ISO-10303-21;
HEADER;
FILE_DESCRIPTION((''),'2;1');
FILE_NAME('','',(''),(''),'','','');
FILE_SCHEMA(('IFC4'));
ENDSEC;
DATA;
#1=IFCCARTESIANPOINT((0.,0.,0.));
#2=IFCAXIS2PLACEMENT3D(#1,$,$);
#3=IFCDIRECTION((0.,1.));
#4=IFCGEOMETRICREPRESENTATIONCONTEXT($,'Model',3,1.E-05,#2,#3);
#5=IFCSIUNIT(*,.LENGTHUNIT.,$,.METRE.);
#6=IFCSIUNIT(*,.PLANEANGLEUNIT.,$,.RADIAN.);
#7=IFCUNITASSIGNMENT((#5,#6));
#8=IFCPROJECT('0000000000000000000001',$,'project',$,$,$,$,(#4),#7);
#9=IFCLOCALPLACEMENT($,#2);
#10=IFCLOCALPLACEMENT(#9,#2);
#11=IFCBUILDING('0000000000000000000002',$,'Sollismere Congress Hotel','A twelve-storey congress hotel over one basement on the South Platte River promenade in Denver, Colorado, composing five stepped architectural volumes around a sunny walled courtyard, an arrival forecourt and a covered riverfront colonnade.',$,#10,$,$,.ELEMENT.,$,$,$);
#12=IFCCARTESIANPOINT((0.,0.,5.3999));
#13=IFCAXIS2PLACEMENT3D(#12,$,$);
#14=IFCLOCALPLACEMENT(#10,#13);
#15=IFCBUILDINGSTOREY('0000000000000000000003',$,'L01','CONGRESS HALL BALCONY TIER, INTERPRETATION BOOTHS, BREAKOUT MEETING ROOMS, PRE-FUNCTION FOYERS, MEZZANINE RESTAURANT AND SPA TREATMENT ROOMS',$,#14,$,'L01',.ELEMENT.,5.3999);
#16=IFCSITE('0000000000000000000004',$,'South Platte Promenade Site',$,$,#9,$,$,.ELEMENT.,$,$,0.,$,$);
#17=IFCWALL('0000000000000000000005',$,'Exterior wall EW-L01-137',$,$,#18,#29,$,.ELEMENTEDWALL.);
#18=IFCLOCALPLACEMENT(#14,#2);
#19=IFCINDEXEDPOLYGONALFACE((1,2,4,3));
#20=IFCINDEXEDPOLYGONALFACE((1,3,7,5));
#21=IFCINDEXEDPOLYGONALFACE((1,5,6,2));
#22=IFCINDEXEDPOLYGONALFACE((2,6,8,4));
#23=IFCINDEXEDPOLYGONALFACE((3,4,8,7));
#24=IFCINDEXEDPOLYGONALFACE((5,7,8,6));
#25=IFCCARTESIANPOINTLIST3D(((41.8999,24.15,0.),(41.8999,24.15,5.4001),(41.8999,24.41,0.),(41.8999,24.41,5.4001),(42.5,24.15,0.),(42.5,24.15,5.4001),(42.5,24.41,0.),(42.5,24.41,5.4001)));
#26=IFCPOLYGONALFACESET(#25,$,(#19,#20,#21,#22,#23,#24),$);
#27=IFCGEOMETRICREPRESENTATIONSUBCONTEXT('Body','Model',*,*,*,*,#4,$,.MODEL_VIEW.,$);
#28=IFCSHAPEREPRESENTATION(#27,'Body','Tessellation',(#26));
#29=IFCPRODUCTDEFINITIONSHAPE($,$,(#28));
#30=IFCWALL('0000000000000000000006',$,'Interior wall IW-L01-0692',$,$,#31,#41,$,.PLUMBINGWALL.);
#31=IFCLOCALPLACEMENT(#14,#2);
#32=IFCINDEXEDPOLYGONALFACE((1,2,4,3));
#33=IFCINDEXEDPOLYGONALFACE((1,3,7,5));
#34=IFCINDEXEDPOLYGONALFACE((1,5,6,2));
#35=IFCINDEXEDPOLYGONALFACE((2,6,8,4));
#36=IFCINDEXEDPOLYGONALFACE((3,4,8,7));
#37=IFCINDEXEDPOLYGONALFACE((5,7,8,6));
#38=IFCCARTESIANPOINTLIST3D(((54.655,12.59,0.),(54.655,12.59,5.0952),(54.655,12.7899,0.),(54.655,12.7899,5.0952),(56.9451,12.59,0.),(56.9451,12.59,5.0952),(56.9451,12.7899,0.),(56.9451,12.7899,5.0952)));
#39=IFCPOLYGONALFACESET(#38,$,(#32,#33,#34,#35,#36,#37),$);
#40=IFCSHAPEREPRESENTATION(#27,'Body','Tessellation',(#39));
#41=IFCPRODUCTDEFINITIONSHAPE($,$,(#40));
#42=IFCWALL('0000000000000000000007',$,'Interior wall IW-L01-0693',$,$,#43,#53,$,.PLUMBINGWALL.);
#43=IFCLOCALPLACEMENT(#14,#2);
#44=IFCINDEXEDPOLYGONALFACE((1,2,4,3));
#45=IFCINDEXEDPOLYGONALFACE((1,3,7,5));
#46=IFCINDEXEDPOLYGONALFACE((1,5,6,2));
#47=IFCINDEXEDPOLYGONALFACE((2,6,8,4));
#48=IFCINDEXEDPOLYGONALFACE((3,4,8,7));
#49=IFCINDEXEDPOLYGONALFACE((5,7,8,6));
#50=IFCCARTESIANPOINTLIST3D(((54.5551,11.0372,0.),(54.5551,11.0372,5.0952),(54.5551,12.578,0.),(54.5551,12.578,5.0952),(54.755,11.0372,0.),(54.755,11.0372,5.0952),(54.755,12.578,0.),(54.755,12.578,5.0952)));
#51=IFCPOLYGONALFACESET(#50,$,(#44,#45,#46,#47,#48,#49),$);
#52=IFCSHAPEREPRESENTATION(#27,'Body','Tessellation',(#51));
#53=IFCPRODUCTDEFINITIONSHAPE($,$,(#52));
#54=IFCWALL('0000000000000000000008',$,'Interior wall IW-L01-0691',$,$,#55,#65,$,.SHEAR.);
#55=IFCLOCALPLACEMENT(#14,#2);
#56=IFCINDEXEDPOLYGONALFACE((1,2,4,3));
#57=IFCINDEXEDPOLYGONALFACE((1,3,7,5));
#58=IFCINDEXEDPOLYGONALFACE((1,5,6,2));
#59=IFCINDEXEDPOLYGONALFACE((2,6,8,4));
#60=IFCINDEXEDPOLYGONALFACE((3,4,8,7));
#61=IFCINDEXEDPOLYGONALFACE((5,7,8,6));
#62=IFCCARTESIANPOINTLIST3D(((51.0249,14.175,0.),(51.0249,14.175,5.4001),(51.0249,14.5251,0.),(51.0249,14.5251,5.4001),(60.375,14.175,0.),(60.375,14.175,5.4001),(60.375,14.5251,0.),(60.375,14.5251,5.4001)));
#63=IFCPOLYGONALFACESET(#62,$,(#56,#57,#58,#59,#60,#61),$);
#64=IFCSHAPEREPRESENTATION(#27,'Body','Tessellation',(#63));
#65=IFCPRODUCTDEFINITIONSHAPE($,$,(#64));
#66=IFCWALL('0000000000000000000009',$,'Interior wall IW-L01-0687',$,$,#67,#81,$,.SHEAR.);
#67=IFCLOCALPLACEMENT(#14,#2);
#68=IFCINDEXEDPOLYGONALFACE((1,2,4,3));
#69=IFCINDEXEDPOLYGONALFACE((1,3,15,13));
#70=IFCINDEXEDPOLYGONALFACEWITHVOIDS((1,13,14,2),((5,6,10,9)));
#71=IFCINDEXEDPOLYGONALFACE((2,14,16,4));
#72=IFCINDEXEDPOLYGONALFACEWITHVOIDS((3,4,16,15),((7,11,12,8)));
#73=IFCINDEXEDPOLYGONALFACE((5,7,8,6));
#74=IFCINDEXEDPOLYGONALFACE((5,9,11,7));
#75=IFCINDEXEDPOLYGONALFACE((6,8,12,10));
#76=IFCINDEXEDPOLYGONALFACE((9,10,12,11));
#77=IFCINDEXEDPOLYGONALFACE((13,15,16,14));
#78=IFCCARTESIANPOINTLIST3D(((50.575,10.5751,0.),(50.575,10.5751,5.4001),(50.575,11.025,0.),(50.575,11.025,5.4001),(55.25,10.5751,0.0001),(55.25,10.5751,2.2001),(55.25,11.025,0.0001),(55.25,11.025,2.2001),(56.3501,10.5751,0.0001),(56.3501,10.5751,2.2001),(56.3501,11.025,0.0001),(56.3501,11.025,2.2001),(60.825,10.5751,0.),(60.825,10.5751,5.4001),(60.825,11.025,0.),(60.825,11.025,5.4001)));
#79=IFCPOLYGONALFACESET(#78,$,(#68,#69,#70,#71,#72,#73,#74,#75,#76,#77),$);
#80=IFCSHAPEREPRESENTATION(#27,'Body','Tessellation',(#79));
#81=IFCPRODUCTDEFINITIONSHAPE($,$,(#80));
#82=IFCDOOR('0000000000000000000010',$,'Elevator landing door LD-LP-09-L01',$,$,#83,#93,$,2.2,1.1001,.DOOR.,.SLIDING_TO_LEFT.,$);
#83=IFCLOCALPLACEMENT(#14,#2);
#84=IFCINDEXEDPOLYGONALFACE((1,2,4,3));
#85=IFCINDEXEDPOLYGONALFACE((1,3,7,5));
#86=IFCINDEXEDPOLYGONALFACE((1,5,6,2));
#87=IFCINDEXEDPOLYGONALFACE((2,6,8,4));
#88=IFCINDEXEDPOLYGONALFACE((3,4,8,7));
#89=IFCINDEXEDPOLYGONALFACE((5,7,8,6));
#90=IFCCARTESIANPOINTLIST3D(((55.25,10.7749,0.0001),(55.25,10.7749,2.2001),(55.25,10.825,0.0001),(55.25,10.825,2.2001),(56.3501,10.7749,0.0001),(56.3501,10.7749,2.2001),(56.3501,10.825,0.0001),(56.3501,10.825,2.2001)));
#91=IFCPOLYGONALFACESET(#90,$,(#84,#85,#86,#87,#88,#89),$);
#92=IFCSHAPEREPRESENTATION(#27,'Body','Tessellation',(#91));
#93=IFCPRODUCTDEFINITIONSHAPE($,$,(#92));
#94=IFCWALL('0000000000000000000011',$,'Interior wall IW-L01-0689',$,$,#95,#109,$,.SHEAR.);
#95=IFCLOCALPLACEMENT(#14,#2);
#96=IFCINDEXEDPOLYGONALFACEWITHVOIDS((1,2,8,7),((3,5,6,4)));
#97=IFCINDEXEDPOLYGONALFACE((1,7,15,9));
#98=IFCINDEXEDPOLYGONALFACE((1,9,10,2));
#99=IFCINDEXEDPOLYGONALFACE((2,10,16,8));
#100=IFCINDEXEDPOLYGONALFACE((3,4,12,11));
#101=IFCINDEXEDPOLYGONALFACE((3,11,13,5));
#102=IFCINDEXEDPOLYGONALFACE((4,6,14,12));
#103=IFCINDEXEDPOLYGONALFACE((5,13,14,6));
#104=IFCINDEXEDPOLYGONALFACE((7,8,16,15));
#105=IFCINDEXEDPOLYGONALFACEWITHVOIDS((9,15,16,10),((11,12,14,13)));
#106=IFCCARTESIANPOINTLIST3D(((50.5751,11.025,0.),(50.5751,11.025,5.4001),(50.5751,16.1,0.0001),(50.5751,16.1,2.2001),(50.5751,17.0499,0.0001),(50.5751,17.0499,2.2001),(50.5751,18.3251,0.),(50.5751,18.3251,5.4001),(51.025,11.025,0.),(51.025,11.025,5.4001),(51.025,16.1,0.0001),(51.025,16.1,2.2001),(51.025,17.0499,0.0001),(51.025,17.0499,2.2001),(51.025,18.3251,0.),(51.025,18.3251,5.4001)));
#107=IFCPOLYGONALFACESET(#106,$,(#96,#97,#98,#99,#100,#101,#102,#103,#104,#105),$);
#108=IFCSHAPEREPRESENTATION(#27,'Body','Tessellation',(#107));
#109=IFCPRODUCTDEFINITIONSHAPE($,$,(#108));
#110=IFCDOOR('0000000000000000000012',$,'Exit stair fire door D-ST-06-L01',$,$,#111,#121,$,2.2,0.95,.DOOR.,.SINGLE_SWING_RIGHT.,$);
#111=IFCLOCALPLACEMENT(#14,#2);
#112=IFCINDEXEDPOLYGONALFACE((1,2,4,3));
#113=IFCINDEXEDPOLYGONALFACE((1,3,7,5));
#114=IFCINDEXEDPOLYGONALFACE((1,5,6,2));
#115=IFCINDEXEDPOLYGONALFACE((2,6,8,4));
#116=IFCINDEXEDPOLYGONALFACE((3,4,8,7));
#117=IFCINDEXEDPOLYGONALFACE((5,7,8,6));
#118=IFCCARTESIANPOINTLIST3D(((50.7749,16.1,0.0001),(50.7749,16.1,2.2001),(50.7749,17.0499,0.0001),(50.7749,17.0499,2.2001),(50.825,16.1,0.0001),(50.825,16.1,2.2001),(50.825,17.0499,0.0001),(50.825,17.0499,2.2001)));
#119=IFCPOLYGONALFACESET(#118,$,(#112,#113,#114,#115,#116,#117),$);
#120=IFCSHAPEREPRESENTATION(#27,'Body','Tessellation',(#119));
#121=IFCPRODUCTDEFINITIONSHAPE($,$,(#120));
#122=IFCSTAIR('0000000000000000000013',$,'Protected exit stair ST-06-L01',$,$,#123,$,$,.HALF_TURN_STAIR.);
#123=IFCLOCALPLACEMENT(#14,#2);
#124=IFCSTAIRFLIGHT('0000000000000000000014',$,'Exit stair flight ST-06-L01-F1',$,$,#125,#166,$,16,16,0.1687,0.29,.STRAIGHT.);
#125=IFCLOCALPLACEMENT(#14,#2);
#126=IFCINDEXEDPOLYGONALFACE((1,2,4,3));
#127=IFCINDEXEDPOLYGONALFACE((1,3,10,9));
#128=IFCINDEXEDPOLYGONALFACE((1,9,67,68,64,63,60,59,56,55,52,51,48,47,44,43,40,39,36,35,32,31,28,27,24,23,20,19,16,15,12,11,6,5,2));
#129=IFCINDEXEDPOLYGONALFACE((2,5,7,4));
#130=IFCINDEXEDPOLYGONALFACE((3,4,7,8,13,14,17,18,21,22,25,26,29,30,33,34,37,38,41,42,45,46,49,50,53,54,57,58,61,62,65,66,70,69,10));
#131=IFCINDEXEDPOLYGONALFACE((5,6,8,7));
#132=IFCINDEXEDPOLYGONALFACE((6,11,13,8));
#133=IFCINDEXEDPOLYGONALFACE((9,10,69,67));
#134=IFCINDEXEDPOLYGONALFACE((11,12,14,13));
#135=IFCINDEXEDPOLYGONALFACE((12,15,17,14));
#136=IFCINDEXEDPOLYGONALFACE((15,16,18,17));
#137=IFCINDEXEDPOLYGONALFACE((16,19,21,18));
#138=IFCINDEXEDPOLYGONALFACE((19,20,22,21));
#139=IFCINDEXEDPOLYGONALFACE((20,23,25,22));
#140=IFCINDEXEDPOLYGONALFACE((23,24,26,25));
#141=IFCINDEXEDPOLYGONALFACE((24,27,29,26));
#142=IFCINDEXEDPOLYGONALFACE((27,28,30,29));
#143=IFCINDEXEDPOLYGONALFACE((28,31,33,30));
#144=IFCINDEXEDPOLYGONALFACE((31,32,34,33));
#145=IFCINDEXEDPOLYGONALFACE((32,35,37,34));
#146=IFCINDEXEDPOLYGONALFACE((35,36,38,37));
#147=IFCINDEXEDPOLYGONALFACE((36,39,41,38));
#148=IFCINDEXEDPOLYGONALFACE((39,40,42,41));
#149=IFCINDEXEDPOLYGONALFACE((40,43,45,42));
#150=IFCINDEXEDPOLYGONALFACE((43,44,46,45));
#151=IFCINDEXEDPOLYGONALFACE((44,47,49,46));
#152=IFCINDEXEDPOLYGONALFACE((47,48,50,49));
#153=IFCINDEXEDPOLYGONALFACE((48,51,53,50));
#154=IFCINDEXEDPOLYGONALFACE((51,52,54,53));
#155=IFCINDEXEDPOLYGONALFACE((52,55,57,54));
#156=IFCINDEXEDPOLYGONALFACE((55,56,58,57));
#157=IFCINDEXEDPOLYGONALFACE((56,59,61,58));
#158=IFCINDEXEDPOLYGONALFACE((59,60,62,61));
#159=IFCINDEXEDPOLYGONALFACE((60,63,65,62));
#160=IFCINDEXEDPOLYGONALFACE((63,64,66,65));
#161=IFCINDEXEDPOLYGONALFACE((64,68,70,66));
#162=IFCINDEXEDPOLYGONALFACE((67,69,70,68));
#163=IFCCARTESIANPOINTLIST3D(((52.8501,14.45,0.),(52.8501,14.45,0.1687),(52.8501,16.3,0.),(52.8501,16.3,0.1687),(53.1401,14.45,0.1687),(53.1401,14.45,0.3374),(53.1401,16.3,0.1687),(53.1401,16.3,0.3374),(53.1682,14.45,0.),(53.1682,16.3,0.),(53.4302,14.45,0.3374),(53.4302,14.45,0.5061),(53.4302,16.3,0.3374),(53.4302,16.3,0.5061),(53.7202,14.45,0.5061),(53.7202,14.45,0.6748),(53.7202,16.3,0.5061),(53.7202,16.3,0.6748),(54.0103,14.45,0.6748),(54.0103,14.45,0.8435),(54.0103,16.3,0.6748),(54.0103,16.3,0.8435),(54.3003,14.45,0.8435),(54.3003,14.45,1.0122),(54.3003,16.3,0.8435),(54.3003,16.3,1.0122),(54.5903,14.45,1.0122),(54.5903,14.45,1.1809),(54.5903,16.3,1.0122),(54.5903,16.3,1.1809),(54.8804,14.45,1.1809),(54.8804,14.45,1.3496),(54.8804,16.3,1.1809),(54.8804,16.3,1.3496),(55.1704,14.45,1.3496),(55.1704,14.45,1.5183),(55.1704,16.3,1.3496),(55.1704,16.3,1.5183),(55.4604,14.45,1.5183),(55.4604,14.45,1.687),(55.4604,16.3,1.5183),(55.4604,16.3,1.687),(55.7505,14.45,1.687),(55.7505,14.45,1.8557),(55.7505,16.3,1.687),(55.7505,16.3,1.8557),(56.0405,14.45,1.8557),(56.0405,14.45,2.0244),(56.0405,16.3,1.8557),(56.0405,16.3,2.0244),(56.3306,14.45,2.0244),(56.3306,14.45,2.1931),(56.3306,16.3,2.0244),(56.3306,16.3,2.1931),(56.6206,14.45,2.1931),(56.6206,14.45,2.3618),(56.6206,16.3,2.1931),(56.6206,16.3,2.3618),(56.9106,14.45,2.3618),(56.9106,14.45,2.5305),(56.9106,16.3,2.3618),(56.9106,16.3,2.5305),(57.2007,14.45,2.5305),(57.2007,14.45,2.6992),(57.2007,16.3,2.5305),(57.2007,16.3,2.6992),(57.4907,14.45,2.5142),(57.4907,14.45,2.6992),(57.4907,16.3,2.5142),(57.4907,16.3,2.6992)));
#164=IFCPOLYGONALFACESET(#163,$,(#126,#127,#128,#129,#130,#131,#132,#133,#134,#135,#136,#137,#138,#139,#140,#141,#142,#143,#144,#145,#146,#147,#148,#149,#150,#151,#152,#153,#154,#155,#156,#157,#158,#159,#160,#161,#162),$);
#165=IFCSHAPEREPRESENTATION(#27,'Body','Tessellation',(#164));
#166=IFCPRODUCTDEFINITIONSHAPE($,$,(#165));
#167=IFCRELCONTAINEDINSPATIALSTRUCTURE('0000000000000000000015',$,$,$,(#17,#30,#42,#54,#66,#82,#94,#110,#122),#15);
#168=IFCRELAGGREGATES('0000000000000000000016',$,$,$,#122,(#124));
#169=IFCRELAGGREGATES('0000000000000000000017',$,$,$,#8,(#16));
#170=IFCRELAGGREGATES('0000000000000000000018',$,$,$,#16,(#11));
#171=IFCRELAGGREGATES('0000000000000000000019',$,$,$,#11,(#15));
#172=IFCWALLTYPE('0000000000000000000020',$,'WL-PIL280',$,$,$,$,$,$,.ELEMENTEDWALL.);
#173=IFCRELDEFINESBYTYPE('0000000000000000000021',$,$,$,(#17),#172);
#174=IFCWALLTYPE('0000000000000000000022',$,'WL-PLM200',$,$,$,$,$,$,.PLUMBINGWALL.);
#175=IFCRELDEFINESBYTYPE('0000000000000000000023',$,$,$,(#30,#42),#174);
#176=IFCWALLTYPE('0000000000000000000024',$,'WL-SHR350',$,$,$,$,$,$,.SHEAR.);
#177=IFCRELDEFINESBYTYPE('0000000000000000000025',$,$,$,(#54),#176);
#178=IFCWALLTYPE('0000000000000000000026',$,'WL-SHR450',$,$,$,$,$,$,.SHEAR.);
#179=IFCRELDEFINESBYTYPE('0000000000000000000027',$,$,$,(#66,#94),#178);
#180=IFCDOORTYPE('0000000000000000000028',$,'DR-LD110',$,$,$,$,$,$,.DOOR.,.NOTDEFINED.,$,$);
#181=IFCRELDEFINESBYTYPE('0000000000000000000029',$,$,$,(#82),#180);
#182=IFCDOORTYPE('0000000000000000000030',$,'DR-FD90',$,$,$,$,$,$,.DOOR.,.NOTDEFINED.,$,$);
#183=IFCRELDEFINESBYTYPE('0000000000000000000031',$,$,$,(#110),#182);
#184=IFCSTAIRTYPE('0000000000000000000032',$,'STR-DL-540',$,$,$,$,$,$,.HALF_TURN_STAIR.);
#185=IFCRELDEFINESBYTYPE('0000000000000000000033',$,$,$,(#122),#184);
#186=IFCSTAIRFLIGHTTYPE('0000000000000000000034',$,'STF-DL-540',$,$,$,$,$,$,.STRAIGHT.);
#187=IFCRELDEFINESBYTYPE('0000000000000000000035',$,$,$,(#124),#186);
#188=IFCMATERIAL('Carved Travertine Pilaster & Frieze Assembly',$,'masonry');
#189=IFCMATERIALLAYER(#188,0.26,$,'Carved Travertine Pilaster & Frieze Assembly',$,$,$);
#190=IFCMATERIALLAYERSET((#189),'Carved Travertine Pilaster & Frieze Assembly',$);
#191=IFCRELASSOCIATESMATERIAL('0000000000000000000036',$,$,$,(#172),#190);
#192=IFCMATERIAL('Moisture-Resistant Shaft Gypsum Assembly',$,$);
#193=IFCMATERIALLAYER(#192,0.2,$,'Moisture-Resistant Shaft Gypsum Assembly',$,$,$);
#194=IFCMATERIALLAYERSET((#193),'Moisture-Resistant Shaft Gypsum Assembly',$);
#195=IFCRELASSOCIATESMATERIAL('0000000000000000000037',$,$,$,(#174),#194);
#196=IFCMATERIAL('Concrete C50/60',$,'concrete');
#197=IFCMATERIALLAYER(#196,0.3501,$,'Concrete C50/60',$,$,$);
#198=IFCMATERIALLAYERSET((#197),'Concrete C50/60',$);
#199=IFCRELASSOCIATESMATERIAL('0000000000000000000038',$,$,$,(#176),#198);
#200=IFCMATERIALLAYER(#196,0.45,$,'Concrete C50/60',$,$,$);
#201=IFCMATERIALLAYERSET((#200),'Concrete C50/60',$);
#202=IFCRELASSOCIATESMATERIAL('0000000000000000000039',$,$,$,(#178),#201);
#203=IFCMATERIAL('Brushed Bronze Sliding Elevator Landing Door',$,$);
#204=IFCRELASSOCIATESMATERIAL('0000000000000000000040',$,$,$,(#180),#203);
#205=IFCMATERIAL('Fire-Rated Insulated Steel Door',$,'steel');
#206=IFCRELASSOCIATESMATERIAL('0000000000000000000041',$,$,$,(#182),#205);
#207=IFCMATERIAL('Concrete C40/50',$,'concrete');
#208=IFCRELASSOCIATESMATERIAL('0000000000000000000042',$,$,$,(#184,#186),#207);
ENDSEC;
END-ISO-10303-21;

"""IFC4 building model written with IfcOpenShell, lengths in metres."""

from ifc_helpers import new_model, si_unit, direction, frame, frame_2d, origin, place, context, subcontext, project, spatial, polyline, rectangle, outline, extrude, material, layer, layer_set, type_object, element, fill, aggregate, save


model = new_model("IFC4")

# Units and contexts
model_context = context("Model", 3, precision=1e-05, world=origin(), true_north=direction((0.0, 1.0)))
body_context = subcontext(model_context, "Body", "Model", "MODEL_VIEW")
ifc_project = project(units=[si_unit("LENGTHUNIT", "METRE"), si_unit("PLANEANGLEUNIT", "RADIAN")], contexts=[model_context])

# Site, building, storey
site_placement = place(None, origin())
site = spatial("IfcSite", under=ifc_project, at=site_placement, Name="South Platte Promenade Site", CompositionType="ELEMENT", RefElevation=0.0)
building_placement = place(site_placement, origin())
building = spatial("IfcBuilding", under=site, at=building_placement, Name="Sollismere Congress Hotel", Description="A twelve-storey congress hotel over one basement on the South Platte River promenade in Denver, Colorado, composing five stepped architectural volumes around a sunny walled courtyard, an arrival forecourt and a covered riverfront colonnade.", CompositionType="ELEMENT")
storey_placement = place(building_placement, frame((0.0, 0.0, 5.3999)))
storey = spatial("IfcBuildingStorey", under=building, at=storey_placement, Name="L01", Description="CONGRESS HALL BALCONY TIER, INTERPRETATION BOOTHS, BREAKOUT MEETING ROOMS, PRE-FUNCTION FOYERS, MEZZANINE RESTAURANT AND SPA TREATMENT ROOMS", LongName="L01", CompositionType="ELEMENT", Elevation=5.3999)

# Walls
ifc_material_1 = material(Name="Carved Travertine Pilaster & Frieze Assembly", Category="masonry")
ifc_layer_1 = layer(ifc_material_1, 0.26, Name="Carved Travertine Pilaster & Frieze Assembly")
ifc_layer_set_1 = layer_set([ifc_layer_1], Name="Carved Travertine Pilaster & Frieze Assembly")
wall_type_1 = type_object("IfcWallType", Name="WL-PIL280", PredefinedType="ELEMENTEDWALL", material=ifc_layer_set_1)
wall_1_placement = place(storey_placement, frame((41.8999, 24.28, 0.0), z_axis=(0.0, 0.0, 1.0), x_axis=(1.0, 0.0, 0.0)))
element("IfcWall", 1, at=wall_1_placement, inside=storey, type_object=wall_type_1, Name="Exterior wall EW-L01-137", PredefinedType="ELEMENTEDWALL", context=body_context, shape_type="SweptSolid", body=[
    extrude(rectangle(XDim=0.6001, YDim=0.26, at=frame_2d((0.3, 0.0))), origin(), (0.0, 0.0, 1.0), 5.4001),
])
ifc_material_2 = material(Name="Moisture-Resistant Shaft Gypsum Assembly")
ifc_layer_2 = layer(ifc_material_2, 0.2, Name="Moisture-Resistant Shaft Gypsum Assembly")
ifc_layer_set_2 = layer_set([ifc_layer_2], Name="Moisture-Resistant Shaft Gypsum Assembly")
wall_type_2 = type_object("IfcWallType", Name="WL-PLM200", PredefinedType="PLUMBINGWALL", material=ifc_layer_set_2)
wall_2_placement = place(storey_placement, frame((54.655, 12.6899, 0.0), z_axis=(0.0, 0.0, 1.0), x_axis=(1.0, 0.0, 0.0)))
element("IfcWall", 2, at=wall_2_placement, inside=storey, type_object=wall_type_2, Name="Interior wall IW-L01-0692", PredefinedType="PLUMBINGWALL", context=body_context, shape_type="SweptSolid", body=[
    extrude(rectangle(XDim=2.29, YDim=0.2, at=frame_2d((1.145, 0.0))), origin(), (0.0, 0.0, 1.0), 5.0952),
])
wall_3_placement = place(storey_placement, frame((54.655, 11.0371, 0.0), z_axis=(0.0, 0.0, 1.0), x_axis=(0.0, 1.0, 0.0)))
element("IfcWall", 3, at=wall_3_placement, inside=storey, type_object=wall_type_2, Name="Interior wall IW-L01-0693", PredefinedType="PLUMBINGWALL", context=body_context, shape_type="SweptSolid", body=[
    extrude(rectangle(XDim=1.5408, YDim=0.2, at=frame_2d((0.7705, 0.0))), origin(), (0.0, 0.0, 1.0), 5.0952),
])
ifc_material_3 = material(Name="Concrete C50/60", Category="concrete")
ifc_layer_3 = layer(ifc_material_3, 0.3501, Name="Concrete C50/60")
ifc_layer_set_3 = layer_set([ifc_layer_3], Name="Concrete C50/60")
wall_type_3 = type_object("IfcWallType", Name="WL-SHR350", PredefinedType="SHEAR", material=ifc_layer_set_3)
wall_4_placement = place(storey_placement, frame((51.0249, 14.3501, 0.0), z_axis=(0.0, 0.0, 1.0), x_axis=(1.0, 0.0, 0.0)))
element("IfcWall", 4, at=wall_4_placement, inside=storey, type_object=wall_type_3, Name="Interior wall IW-L01-0691", PredefinedType="SHEAR", context=body_context, shape_type="SweptSolid", body=[
    extrude(rectangle(XDim=9.3501, YDim=0.3501, at=frame_2d((4.675, 0.0))), origin(), (0.0, 0.0, 1.0), 5.4001),
])

# Walls, openings, doors
ifc_layer_4 = layer(ifc_material_3, 0.45, Name="Concrete C50/60")
ifc_layer_set_4 = layer_set([ifc_layer_4], Name="Concrete C50/60")
wall_type_4 = type_object("IfcWallType", Name="WL-SHR450", PredefinedType="SHEAR", material=ifc_layer_set_4)
wall_5_placement = place(storey_placement, frame((50.575, 10.8, 0.0), z_axis=(0.0, 0.0, 1.0), x_axis=(1.0, 0.0, 0.0)))
wall_5 = element("IfcWall", 5, at=wall_5_placement, inside=storey, type_object=wall_type_4, Name="Interior wall IW-L01-0687", PredefinedType="SHEAR", context=body_context, shape_type="SweptSolid", body=[
    extrude(rectangle(XDim=10.25, YDim=0.45, at=frame_2d((5.125, 0.0))), origin(), (0.0, 0.0, 1.0), 5.4001),
])
opening_1_placement = place(wall_5_placement, frame((4.675, 0.0, 0.0)))
opening_1 = element("IfcOpeningElement", 6, at=opening_1_placement, cuts=wall_5, PredefinedType="OPENING", context=body_context, shape_type="SweptSolid", body=[
    extrude(rectangle(XDim=1.1001, YDim=2.2, at=frame_2d((0.55, 1.1001))), frame((0.0, 0.2349, 0.0), z_axis=(0.0, -1.0, 0.0), x_axis=(1.0, 0.0, 0.0)), (0.0, 0.0, 1.0), 0.47),
])
ifc_material_4 = material(Name="Brushed Bronze Sliding Elevator Landing Door")
door_type_1 = type_object("IfcDoorType", Name="DR-LD110", OperationType="NOTDEFINED", PredefinedType="DOOR", material=ifc_material_4)
door_1_placement = place(opening_1_placement, origin())
door_1 = element("IfcDoor", 7, at=door_1_placement, inside=storey, type_object=door_type_1, Name="Elevator landing door LD-LP-09-L01", OperationType="SLIDING_TO_LEFT", OverallHeight=2.2, OverallWidth=1.1001, PredefinedType="DOOR", context=body_context, shape_type="SweptSolid", body=[
    extrude(rectangle(XDim=1.1001, YDim=2.2, at=frame_2d((0.55, 1.1001))), frame((0.0, 0.0249, 0.0), z_axis=(0.0, -1.0, 0.0), x_axis=(1.0, 0.0, 0.0)), (0.0, 0.0, 1.0), 0.05),
])
fill(opening_1, door_1)
wall_6_placement = place(storey_placement, frame((50.8, 18.325, 0.0), z_axis=(0.0, 0.0, 1.0), x_axis=(0.0, -1.0, 0.0)))
wall_6 = element("IfcWall", 8, at=wall_6_placement, inside=storey, type_object=wall_type_4, Name="Interior wall IW-L01-0689", PredefinedType="SHEAR", context=body_context, shape_type="SweptSolid", body=[
    extrude(rectangle(XDim=7.3, YDim=0.45, at=frame_2d((3.6499, 0.0))), origin(), (0.0, 0.0, 1.0), 5.4001),
])
opening_2_placement = place(wall_6_placement, frame((1.2749, 0.0, 0.0)))
opening_2 = element("IfcOpeningElement", 9, at=opening_2_placement, cuts=wall_6, PredefinedType="OPENING", context=body_context, shape_type="SweptSolid", body=[
    extrude(rectangle(XDim=0.95, YDim=2.2, at=frame_2d((0.4751, 1.1001))), frame((0.0, 0.2349, 0.0), z_axis=(0.0, -1.0, 0.0), x_axis=(1.0, 0.0, 0.0)), (0.0, 0.0, 1.0), 0.47),
])
ifc_material_5 = material(Name="Fire-Rated Insulated Steel Door", Category="steel")
door_type_2 = type_object("IfcDoorType", Name="DR-FD90", OperationType="NOTDEFINED", PredefinedType="DOOR", material=ifc_material_5)
door_2_placement = place(opening_2_placement, origin())
door_2 = element("IfcDoor", 10, at=door_2_placement, inside=storey, type_object=door_type_2, Name="Exit stair fire door D-ST-06-L01", OperationType="SINGLE_SWING_RIGHT", OverallHeight=2.2, OverallWidth=0.95, PredefinedType="DOOR", context=body_context, shape_type="SweptSolid", body=[
    extrude(rectangle(XDim=0.95, YDim=2.2, at=frame_2d((0.4751, 1.1001))), frame((0.0, 0.0249, 0.0), z_axis=(0.0, -1.0, 0.0), x_axis=(1.0, 0.0, 0.0)), (0.0, 0.0, 1.0), 0.05),
])
fill(opening_2, door_2)

# Stair, stair flight
ifc_material_6 = material(Name="Concrete C40/50", Category="concrete")
stair_type = type_object("IfcStairType", Name="STR-DL-540", PredefinedType="HALF_TURN_STAIR", material=ifc_material_6)
stair_placement = place(storey_placement, origin())
stair = element("IfcStair", 11, at=stair_placement, inside=storey, type_object=stair_type, Name="Protected exit stair ST-06-L01", PredefinedType="HALF_TURN_STAIR")
stair_flight_type = type_object("IfcStairFlightType", Name="STF-DL-540", PredefinedType="STRAIGHT", material=ifc_material_6)
stair_flight_placement = place(storey_placement, frame((52.8501, 15.375, 0.0), z_axis=(0.0, 0.0, 1.0), x_axis=(1.0, 0.0, 0.0)))
stair_flight = element("IfcStairFlight", 12, at=stair_flight_placement, type_object=stair_flight_type, Name="Exit stair flight ST-06-L01-F1", NumberOfRisers=16, NumberOfTreads=16, PredefinedType="STRAIGHT", RiserHeight=0.1687, TreadLength=0.29, context=body_context, shape_type="SweptSolid", body=[
    extrude(outline(polyline([(0.0, 0.0), (0.0, 0.1687), (0.29, 0.1687), (0.29, 0.3374), (0.5801, 0.3374), (0.5801, 0.5061), (0.8701, 0.5061), (0.8701, 0.6748), (1.1602, 0.6748), (1.1602, 0.8435), (1.4502, 0.8435), (1.4502, 1.0122), (1.7402, 1.0122), (1.7402, 1.1809), (2.0303, 1.1809), (2.0303, 1.3496), (2.3203, 1.3496), (2.3203, 1.5183), (2.6104, 1.5183), (2.6104, 1.687), (2.9004, 1.687), (2.9004, 1.8557), (3.1904, 1.8557), (3.1904, 2.0244), (3.4805, 2.0244), (3.4805, 2.1931), (3.7705, 2.1931), (3.7705, 2.3618), (4.0605, 2.3618), (4.0605, 2.5305), (4.3506, 2.5305), (4.3506, 2.6992), (4.6406, 2.6992), (4.6406, 2.5142), (0.3181, 0.0), (0.0, 0.0)])), frame((0.0, 0.925, 0.0), z_axis=(0.0, -1.0, 0.0), x_axis=(1.0, 0.0, 0.0)), (0.0, 0.0, 1.0), 1.8501),
])
aggregate(stair, [stair_flight])

save(model, "model.ifc")
